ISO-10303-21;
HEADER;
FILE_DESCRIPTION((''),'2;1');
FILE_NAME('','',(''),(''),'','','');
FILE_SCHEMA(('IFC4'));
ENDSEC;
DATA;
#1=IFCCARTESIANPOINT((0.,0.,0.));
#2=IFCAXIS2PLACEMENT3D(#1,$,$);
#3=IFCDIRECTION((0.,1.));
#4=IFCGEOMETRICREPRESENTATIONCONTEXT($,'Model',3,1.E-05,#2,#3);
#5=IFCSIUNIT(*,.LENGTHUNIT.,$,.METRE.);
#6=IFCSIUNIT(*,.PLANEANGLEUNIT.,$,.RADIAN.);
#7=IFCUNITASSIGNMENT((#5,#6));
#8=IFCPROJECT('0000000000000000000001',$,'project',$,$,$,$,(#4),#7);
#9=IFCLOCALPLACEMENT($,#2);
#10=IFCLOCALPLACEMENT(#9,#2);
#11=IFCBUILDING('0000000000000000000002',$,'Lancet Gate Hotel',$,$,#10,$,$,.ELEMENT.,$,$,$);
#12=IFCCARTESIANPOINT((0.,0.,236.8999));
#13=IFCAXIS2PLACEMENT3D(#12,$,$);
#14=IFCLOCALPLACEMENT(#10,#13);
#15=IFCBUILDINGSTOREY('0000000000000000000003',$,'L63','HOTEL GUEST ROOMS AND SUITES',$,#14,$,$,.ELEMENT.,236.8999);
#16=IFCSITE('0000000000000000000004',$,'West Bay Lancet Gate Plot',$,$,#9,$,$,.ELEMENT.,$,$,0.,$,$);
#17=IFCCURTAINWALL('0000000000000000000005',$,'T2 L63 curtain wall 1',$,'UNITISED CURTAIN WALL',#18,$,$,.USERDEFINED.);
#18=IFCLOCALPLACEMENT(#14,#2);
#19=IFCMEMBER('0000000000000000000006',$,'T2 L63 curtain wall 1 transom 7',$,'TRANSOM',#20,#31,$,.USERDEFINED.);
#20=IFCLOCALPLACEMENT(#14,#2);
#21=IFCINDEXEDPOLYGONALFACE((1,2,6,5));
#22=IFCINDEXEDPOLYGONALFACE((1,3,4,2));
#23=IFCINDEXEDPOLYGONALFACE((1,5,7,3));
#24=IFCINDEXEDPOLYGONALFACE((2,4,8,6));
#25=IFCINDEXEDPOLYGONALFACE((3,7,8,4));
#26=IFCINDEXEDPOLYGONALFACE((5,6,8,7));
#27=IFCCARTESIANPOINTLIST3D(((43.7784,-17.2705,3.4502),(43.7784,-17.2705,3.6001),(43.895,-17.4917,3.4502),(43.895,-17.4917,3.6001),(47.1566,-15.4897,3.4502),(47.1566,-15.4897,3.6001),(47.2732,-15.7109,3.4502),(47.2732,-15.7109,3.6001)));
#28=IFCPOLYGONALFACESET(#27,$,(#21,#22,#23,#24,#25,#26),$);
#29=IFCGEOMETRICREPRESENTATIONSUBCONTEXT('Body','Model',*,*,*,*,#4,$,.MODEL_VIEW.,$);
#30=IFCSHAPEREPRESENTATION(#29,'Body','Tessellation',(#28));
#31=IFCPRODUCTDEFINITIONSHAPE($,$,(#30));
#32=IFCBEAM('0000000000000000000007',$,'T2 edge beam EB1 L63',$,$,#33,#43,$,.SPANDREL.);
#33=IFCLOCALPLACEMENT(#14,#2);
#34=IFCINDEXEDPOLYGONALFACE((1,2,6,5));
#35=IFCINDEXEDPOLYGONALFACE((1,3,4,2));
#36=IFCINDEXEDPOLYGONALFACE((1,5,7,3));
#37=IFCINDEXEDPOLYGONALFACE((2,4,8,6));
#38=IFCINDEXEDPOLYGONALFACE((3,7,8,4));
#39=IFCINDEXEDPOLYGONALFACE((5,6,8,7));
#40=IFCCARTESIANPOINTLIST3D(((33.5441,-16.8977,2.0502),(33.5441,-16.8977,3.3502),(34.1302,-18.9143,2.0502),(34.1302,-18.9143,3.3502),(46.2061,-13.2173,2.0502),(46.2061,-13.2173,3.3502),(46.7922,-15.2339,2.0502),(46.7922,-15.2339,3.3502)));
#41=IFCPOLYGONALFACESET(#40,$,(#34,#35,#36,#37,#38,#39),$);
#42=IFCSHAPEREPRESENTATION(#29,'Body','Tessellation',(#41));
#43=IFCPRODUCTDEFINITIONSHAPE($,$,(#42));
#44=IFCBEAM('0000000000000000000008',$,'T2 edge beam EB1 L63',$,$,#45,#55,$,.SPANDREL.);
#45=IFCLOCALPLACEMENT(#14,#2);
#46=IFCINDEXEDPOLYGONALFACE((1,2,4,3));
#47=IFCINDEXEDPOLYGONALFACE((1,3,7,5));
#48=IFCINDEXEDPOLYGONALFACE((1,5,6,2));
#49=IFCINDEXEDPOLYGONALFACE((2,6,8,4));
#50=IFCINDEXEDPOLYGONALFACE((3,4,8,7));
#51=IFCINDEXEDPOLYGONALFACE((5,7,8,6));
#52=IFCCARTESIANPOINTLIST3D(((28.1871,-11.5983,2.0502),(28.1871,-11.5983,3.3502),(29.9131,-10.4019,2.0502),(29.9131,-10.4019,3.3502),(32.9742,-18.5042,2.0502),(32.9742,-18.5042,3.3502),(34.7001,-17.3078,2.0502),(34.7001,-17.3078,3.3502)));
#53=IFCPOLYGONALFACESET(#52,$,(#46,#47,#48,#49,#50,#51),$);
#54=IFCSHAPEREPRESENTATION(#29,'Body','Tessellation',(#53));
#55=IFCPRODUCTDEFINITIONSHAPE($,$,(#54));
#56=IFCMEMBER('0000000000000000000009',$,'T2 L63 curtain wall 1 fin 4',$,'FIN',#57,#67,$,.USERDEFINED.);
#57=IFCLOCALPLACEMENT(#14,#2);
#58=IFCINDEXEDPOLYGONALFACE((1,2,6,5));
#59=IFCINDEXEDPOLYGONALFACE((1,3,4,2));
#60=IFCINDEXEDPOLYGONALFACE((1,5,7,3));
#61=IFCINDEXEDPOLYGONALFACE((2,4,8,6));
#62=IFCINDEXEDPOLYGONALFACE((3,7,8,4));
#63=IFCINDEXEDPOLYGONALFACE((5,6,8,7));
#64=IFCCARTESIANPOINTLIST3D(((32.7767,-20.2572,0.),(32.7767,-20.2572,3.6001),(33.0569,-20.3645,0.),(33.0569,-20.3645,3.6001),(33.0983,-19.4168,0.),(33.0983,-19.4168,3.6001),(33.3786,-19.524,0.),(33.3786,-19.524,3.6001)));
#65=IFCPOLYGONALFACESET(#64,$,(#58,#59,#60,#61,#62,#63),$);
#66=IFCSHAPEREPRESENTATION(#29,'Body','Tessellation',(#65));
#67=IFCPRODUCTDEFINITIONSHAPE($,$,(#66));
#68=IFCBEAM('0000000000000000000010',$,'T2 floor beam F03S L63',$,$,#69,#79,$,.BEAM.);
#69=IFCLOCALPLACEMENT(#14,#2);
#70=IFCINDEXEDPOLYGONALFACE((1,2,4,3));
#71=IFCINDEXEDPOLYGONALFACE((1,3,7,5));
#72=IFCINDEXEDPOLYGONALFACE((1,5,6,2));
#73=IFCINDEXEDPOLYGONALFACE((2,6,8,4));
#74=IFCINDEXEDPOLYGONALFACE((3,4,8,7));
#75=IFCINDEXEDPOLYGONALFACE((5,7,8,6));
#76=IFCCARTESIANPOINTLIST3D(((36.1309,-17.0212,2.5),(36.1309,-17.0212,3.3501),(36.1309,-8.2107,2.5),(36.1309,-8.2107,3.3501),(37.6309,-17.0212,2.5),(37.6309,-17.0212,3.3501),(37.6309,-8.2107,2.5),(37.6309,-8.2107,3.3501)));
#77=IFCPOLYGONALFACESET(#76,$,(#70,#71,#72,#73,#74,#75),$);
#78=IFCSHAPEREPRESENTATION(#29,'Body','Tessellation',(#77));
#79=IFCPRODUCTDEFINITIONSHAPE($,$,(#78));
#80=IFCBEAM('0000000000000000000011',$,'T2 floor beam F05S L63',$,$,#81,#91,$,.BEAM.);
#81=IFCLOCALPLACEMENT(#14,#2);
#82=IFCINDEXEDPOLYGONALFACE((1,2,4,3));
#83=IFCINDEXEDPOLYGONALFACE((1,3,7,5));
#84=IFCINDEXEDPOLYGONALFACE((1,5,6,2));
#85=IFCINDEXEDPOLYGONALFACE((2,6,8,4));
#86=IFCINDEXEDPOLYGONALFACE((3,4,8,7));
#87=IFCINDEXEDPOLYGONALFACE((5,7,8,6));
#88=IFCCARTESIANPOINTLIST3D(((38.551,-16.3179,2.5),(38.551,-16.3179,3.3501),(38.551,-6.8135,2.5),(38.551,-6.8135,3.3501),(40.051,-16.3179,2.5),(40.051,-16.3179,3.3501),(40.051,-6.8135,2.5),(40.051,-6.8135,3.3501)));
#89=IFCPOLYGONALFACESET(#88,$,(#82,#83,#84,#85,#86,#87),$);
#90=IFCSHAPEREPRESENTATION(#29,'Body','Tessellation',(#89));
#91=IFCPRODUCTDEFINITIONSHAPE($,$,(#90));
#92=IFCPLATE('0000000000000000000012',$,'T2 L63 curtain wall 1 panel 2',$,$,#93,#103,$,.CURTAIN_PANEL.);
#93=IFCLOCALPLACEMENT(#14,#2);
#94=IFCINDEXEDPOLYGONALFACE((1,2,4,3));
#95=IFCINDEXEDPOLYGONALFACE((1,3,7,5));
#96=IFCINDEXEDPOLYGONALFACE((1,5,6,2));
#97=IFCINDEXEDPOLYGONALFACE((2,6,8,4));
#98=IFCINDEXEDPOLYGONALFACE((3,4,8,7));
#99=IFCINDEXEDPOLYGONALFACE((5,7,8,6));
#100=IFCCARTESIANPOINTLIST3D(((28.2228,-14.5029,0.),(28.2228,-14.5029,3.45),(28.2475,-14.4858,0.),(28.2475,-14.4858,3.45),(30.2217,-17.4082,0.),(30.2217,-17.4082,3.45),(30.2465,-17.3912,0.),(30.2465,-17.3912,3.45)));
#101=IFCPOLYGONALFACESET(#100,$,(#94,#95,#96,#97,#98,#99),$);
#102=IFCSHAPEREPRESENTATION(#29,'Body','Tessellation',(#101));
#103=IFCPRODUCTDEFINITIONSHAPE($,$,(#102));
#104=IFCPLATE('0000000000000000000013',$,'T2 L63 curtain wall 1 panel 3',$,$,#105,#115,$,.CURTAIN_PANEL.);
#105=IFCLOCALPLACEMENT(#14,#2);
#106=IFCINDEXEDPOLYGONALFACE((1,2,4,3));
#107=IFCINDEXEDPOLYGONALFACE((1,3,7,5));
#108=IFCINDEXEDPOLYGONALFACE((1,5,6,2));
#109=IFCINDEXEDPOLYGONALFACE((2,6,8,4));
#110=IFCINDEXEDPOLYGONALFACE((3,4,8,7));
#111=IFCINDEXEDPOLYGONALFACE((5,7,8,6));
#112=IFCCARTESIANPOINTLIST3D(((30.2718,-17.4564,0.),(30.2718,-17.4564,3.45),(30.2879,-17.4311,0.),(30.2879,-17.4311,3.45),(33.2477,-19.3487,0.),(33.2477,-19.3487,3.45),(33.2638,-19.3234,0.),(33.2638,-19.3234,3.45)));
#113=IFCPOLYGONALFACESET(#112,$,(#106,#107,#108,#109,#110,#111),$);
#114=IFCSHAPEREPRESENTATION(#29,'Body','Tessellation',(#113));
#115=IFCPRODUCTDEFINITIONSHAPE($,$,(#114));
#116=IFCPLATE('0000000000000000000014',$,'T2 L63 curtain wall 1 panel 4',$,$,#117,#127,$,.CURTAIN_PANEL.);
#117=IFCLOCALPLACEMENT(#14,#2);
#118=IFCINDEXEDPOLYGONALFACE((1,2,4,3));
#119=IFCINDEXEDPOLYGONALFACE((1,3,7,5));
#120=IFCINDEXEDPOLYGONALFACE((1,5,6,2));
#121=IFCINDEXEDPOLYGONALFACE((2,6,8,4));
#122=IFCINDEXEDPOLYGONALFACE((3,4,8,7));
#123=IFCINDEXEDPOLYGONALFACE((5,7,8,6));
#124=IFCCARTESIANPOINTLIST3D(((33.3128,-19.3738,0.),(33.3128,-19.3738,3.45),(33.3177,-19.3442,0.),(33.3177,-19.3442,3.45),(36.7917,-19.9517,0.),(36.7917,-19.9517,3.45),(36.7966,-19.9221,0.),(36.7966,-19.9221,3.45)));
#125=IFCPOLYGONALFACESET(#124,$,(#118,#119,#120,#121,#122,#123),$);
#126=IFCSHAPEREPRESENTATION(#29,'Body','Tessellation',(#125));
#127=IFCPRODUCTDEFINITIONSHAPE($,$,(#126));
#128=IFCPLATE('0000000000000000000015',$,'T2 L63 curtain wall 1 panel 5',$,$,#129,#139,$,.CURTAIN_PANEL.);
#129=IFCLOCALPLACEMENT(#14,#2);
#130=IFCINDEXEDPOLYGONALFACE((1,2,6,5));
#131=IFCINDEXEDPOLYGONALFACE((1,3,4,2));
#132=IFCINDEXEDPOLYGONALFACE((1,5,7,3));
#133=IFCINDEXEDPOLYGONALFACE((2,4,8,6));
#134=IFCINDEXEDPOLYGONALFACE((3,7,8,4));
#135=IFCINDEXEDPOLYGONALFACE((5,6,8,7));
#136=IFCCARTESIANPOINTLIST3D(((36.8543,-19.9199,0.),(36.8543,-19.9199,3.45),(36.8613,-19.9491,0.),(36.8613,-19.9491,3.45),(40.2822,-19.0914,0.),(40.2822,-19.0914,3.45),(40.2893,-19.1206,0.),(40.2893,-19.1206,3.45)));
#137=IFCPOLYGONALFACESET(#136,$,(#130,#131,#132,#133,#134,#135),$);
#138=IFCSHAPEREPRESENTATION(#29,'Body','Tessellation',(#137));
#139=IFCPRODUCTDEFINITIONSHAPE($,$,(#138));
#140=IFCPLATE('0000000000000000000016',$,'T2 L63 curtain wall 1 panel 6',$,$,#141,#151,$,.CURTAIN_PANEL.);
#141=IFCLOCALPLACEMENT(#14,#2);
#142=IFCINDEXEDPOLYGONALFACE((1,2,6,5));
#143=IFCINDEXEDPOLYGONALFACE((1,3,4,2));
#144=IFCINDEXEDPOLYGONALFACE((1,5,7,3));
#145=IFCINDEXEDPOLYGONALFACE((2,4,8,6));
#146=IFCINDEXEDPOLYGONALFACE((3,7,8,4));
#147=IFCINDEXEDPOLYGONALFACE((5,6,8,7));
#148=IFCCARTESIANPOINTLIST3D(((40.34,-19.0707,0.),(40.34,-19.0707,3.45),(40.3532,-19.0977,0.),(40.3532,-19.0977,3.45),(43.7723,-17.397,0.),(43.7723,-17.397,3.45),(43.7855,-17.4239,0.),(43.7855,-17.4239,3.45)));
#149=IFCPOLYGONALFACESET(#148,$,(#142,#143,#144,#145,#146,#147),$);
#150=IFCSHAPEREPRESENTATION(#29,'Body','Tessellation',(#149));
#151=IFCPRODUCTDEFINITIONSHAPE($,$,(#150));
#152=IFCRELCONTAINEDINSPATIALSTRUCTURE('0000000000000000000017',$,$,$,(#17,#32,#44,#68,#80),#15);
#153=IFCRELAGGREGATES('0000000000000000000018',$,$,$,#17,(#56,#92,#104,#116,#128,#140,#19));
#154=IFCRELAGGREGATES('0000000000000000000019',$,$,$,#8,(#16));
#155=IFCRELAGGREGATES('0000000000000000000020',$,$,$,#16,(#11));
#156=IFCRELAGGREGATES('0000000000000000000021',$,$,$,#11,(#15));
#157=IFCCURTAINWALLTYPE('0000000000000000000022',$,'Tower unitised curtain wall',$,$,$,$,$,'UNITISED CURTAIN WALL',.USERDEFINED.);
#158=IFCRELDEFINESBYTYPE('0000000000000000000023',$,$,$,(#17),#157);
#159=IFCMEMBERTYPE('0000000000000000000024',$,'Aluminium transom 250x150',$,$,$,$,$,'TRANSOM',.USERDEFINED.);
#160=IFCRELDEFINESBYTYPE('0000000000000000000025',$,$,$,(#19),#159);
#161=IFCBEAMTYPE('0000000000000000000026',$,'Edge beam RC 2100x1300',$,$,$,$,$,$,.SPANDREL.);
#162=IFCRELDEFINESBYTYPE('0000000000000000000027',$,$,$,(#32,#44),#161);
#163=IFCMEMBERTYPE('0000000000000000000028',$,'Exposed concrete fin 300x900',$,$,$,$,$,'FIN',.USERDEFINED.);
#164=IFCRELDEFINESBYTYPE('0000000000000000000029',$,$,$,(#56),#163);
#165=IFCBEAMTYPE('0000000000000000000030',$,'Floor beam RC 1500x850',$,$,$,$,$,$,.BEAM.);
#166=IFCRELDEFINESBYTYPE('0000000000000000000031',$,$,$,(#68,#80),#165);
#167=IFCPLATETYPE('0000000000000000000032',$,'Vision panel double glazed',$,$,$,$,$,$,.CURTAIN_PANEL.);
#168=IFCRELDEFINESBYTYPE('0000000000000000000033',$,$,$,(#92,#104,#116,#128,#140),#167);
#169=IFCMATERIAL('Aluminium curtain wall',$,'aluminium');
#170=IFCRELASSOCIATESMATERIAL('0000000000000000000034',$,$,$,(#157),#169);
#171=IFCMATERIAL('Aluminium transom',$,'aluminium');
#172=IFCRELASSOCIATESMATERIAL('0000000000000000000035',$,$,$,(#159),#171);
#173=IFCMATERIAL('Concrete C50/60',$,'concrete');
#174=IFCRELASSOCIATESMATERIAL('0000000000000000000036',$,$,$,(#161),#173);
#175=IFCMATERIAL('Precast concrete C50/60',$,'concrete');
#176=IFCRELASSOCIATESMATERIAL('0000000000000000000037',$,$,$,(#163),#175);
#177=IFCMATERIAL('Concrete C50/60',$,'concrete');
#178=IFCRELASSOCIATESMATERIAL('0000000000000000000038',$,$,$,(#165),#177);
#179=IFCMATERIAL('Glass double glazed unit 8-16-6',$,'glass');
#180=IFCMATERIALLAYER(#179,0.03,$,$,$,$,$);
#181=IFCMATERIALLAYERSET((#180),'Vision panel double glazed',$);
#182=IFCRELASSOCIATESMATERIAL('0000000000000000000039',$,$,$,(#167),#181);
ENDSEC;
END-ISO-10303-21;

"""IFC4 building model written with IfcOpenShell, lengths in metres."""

from ifc_helpers import new_model, si_unit, direction, frame, origin, origin_2d, place, context, subcontext, project, spatial, rectangle, extrude, material, layer, layer_set, material_profile, profile_set, type_object, element, aggregate, save


model = new_model("IFC4")

# Units and contexts
model_context = context("Model", 3, precision=1e-05, world=origin(), true_north=direction((0.0, 1.0)))
body_context = subcontext(model_context, "Body", "Model", "MODEL_VIEW")
ifc_project = project(units=[si_unit("LENGTHUNIT", "METRE"), si_unit("PLANEANGLEUNIT", "RADIAN")], contexts=[model_context])

# Site, building, storey
site_placement = place(None, origin())
site = spatial("IfcSite", under=ifc_project, at=site_placement, Name="West Bay Lancet Gate Plot", CompositionType="ELEMENT", RefElevation=0.0)
building_placement = place(site_placement, origin())
building = spatial("IfcBuilding", under=site, at=building_placement, Name="Lancet Gate Hotel", CompositionType="ELEMENT")
storey_placement = place(building_placement, frame((0.0, 0.0, 236.8999)))
storey = spatial("IfcBuildingStorey", under=building, at=storey_placement, Name="L63", Description="HOTEL GUEST ROOMS AND SUITES", CompositionType="ELEMENT", Elevation=236.8999)

# Curtain wall, member
ifc_material_1 = material(Name="Aluminium curtain wall", Category="aluminium")
curtain_wall_type = type_object("IfcCurtainWallType", Name="Tower unitised curtain wall", ElementType="UNITISED CURTAIN WALL", PredefinedType="USERDEFINED", material=ifc_material_1)
curtain_wall_placement = place(storey_placement, origin())
curtain_wall = element("IfcCurtainWall", 1, at=curtain_wall_placement, inside=storey, type_object=curtain_wall_type, Name="T2 L63 curtain wall 1", ObjectType="UNITISED CURTAIN WALL", PredefinedType="USERDEFINED")
ifc_material_2 = material(Name="Aluminium transom", Category="aluminium")
ifc_material_profile_1 = material_profile(ifc_material_2, rectangle(XDim=0.25, YDim=0.1499, at=origin_2d()), Name="TRANSOM 250x150")
ifc_profile_set_1 = profile_set([ifc_material_profile_1], Name="Aluminium transom")
member_type_1 = type_object("IfcMemberType", Name="Aluminium transom 250x150", ElementType="TRANSOM", PredefinedType="USERDEFINED", material=ifc_profile_set_1)
member_1_placement = place(storey_placement, frame((43.8367, -17.3811, 3.5251), z_axis=(0.884618, 0.466315, 0.0), x_axis=(-0.466315, 0.884618, 0.0)))
member_1 = element("IfcMember", 2, at=member_1_placement, type_object=member_type_1, Name="T2 L63 curtain wall 1 transom 7", ObjectType="TRANSOM", PredefinedType="USERDEFINED", context=body_context, shape_type="SweptSolid", body=[
    extrude(rectangle(XDim=0.25, YDim=0.1499, at=origin_2d()), origin(), (0.0, 0.0, 1.0), 3.8188),
])

# Beams
ifc_material_3 = material(Name="Concrete C50/60", Category="concrete")
ifc_material_profile_2 = material_profile(ifc_material_3, rectangle(XDim=2.1001, YDim=1.3, at=origin_2d()), Name="RC 2100x1300")
ifc_profile_set_2 = profile_set([ifc_material_profile_2], Name="Concrete C50/60")
beam_type_1 = type_object("IfcBeamType", Name="Edge beam RC 2100x1300", PredefinedType="SPANDREL", material=ifc_profile_set_2)
beam_1_placement = place(storey_placement, frame((33.8372, -17.906, 2.7002), z_axis=(0.960258, 0.279113, 0.0), x_axis=(-0.279113, 0.960258, 0.0)))
element("IfcBeam", 3, at=beam_1_placement, inside=storey, type_object=beam_type_1, Name="T2 edge beam EB1 L63", PredefinedType="SPANDREL", context=body_context, shape_type="SweptSolid", body=[
    extrude(rectangle(XDim=2.1001, YDim=1.3, at=origin_2d()), origin(), (0.0, 0.0, 1.0), 13.186),
])
beam_2_placement = place(storey_placement, frame((33.8372, -17.906, 2.7002), z_axis=(-0.569695, 0.821856, 0.0), x_axis=(-0.821856, -0.569695, 0.0)))
element("IfcBeam", 4, at=beam_2_placement, inside=storey, type_object=beam_type_1, Name="T2 edge beam EB1 L63", PredefinedType="SPANDREL", context=body_context, shape_type="SweptSolid", body=[
    extrude(rectangle(XDim=2.1001, YDim=1.3, at=origin_2d()), origin(), (0.0, 0.0, 1.0), 8.4028),
])

# Member
ifc_material_4 = material(Name="Precast concrete C50/60", Category="concrete")
ifc_material_profile_3 = material_profile(ifc_material_4, rectangle(XDim=0.3, YDim=0.8999, at=origin_2d()), Name="FIN 300x900")
ifc_profile_set_3 = profile_set([ifc_material_profile_3], Name="Precast concrete C50/60")
member_type_2 = type_object("IfcMemberType", Name="Exposed concrete fin 300x900", ElementType="FIN", PredefinedType="USERDEFINED", material=ifc_profile_set_3)
member_2_placement = place(storey_placement, frame((33.0776, -19.8906, 0.0), z_axis=(0.0, 0.0, 1.0), x_axis=(0.933943, -0.357421, 0.0)))
member_2 = element("IfcMember", 5, at=member_2_placement, type_object=member_type_2, Name="T2 L63 curtain wall 1 fin 4", ObjectType="FIN", PredefinedType="USERDEFINED", context=body_context, shape_type="SweptSolid", body=[
    extrude(rectangle(XDim=0.3, YDim=0.8999, at=origin_2d()), origin(), (0.0, 0.0, 1.0), 3.6001),
])

# Beams
ifc_material_5 = material(Name="Concrete C50/60", Category="concrete")
ifc_material_profile_4 = material_profile(ifc_material_5, rectangle(XDim=1.5, YDim=0.8501, at=origin_2d()), Name="RC 1500x850")
ifc_profile_set_4 = profile_set([ifc_material_profile_4], Name="Concrete C50/60")
beam_type_2 = type_object("IfcBeamType", Name="Floor beam RC 1500x850", PredefinedType="BEAM", material=ifc_profile_set_4)
beam_3_placement = place(storey_placement, frame((36.8809, -17.0212, 2.925), z_axis=(0.0, 1.0, 0.0), x_axis=(-1.0, 0.0, 0.0)))
element("IfcBeam", 6, at=beam_3_placement, inside=storey, type_object=beam_type_2, Name="T2 floor beam F03S L63", PredefinedType="BEAM", context=body_context, shape_type="SweptSolid", body=[
    extrude(rectangle(XDim=1.5, YDim=0.8501, at=origin_2d()), origin(), (0.0, 0.0, 1.0), 8.8105),
])
beam_4_placement = place(storey_placement, frame((39.301, -16.3179, 2.925), z_axis=(0.0, 1.0, 0.0), x_axis=(-1.0, 0.0, 0.0)))
element("IfcBeam", 7, at=beam_4_placement, inside=storey, type_object=beam_type_2, Name="T2 floor beam F05S L63", PredefinedType="BEAM", context=body_context, shape_type="SweptSolid", body=[
    extrude(rectangle(XDim=1.5, YDim=0.8501, at=origin_2d()), origin(), (0.0, 0.0, 1.0), 9.5044),
])

# Plates
ifc_material_6 = material(Name="Glass double glazed unit 8-16-6", Category="glass")
ifc_layer = layer(ifc_material_6, 0.03)
ifc_layer_set = layer_set([ifc_layer], Name="Vision panel double glazed")
plate_type = type_object("IfcPlateType", Name="Vision panel double glazed", PredefinedType="CURTAIN_PANEL", material=ifc_layer_set)
plate_1_placement = place(storey_placement, frame((29.2346, -15.947, 0.0), z_axis=(0.0, 0.0, 1.0), x_axis=(0.566824, -0.823839, 0.0)))
plate_1 = element("IfcPlate", 8, at=plate_1_placement, type_object=plate_type, Name="T2 L63 curtain wall 1 panel 2", PredefinedType="CURTAIN_PANEL", context=body_context, shape_type="SweptSolid", body=[
    extrude(rectangle(XDim=3.5266, YDim=0.03, at=origin_2d()), origin(), (0.0, 0.0, 1.0), 3.45),
])
plate_2_placement = place(storey_placement, frame((31.7678, -18.3899, 0.0), z_axis=(0.0, 0.0, 1.0), x_axis=(0.843845, -0.536587, 0.0)))
plate_2 = element("IfcPlate", 9, at=plate_2_placement, type_object=plate_type, Name="T2 L63 curtain wall 1 panel 3", PredefinedType="CURTAIN_PANEL", context=body_context, shape_type="SweptSolid", body=[
    extrude(rectangle(XDim=3.5266, YDim=0.03, at=origin_2d()), origin(), (0.0, 0.0, 1.0), 3.45),
])
plate_3_placement = place(storey_placement, frame((35.0547, -19.6479, 0.0), z_axis=(0.0, 0.0, 1.0), x_axis=(0.98648, -0.163881, 0.0)))
plate_3 = element("IfcPlate", 10, at=plate_3_placement, type_object=plate_type, Name="T2 L63 curtain wall 1 panel 4", PredefinedType="CURTAIN_PANEL", context=body_context, shape_type="SweptSolid", body=[
    extrude(rectangle(XDim=3.5266, YDim=0.03, at=origin_2d()), origin(), (0.0, 0.0, 1.0), 3.45),
])
plate_4_placement = place(storey_placement, frame((38.5718, -19.5203, 0.0), z_axis=(0.0, 0.0, 1.0), x_axis=(0.972014, 0.234924, 0.0)))
plate_4 = element("IfcPlate", 11, at=plate_4_placement, type_object=plate_type, Name="T2 L63 curtain wall 1 panel 5", PredefinedType="CURTAIN_PANEL", context=body_context, shape_type="SweptSolid", body=[
    extrude(rectangle(XDim=3.5266, YDim=0.03, at=origin_2d()), origin(), (0.0, 0.0, 1.0), 3.45),
])
plate_5_placement = place(storey_placement, frame((42.0627, -18.2473, 0.0), z_axis=(0.0, 0.0, 1.0), x_axis=(0.898823, 0.438311, 0.0)))
plate_5 = element("IfcPlate", 12, at=plate_5_placement, type_object=plate_type, Name="T2 L63 curtain wall 1 panel 6", PredefinedType="CURTAIN_PANEL", context=body_context, shape_type="SweptSolid", body=[
    extrude(rectangle(XDim=3.8186, YDim=0.03, at=origin_2d()), origin(), (0.0, 0.0, 1.0), 3.45),
])
aggregate(curtain_wall, [member_2, plate_1, plate_2, plate_3, plate_4, plate_5, member_1])

save(model, "model.ifc")
